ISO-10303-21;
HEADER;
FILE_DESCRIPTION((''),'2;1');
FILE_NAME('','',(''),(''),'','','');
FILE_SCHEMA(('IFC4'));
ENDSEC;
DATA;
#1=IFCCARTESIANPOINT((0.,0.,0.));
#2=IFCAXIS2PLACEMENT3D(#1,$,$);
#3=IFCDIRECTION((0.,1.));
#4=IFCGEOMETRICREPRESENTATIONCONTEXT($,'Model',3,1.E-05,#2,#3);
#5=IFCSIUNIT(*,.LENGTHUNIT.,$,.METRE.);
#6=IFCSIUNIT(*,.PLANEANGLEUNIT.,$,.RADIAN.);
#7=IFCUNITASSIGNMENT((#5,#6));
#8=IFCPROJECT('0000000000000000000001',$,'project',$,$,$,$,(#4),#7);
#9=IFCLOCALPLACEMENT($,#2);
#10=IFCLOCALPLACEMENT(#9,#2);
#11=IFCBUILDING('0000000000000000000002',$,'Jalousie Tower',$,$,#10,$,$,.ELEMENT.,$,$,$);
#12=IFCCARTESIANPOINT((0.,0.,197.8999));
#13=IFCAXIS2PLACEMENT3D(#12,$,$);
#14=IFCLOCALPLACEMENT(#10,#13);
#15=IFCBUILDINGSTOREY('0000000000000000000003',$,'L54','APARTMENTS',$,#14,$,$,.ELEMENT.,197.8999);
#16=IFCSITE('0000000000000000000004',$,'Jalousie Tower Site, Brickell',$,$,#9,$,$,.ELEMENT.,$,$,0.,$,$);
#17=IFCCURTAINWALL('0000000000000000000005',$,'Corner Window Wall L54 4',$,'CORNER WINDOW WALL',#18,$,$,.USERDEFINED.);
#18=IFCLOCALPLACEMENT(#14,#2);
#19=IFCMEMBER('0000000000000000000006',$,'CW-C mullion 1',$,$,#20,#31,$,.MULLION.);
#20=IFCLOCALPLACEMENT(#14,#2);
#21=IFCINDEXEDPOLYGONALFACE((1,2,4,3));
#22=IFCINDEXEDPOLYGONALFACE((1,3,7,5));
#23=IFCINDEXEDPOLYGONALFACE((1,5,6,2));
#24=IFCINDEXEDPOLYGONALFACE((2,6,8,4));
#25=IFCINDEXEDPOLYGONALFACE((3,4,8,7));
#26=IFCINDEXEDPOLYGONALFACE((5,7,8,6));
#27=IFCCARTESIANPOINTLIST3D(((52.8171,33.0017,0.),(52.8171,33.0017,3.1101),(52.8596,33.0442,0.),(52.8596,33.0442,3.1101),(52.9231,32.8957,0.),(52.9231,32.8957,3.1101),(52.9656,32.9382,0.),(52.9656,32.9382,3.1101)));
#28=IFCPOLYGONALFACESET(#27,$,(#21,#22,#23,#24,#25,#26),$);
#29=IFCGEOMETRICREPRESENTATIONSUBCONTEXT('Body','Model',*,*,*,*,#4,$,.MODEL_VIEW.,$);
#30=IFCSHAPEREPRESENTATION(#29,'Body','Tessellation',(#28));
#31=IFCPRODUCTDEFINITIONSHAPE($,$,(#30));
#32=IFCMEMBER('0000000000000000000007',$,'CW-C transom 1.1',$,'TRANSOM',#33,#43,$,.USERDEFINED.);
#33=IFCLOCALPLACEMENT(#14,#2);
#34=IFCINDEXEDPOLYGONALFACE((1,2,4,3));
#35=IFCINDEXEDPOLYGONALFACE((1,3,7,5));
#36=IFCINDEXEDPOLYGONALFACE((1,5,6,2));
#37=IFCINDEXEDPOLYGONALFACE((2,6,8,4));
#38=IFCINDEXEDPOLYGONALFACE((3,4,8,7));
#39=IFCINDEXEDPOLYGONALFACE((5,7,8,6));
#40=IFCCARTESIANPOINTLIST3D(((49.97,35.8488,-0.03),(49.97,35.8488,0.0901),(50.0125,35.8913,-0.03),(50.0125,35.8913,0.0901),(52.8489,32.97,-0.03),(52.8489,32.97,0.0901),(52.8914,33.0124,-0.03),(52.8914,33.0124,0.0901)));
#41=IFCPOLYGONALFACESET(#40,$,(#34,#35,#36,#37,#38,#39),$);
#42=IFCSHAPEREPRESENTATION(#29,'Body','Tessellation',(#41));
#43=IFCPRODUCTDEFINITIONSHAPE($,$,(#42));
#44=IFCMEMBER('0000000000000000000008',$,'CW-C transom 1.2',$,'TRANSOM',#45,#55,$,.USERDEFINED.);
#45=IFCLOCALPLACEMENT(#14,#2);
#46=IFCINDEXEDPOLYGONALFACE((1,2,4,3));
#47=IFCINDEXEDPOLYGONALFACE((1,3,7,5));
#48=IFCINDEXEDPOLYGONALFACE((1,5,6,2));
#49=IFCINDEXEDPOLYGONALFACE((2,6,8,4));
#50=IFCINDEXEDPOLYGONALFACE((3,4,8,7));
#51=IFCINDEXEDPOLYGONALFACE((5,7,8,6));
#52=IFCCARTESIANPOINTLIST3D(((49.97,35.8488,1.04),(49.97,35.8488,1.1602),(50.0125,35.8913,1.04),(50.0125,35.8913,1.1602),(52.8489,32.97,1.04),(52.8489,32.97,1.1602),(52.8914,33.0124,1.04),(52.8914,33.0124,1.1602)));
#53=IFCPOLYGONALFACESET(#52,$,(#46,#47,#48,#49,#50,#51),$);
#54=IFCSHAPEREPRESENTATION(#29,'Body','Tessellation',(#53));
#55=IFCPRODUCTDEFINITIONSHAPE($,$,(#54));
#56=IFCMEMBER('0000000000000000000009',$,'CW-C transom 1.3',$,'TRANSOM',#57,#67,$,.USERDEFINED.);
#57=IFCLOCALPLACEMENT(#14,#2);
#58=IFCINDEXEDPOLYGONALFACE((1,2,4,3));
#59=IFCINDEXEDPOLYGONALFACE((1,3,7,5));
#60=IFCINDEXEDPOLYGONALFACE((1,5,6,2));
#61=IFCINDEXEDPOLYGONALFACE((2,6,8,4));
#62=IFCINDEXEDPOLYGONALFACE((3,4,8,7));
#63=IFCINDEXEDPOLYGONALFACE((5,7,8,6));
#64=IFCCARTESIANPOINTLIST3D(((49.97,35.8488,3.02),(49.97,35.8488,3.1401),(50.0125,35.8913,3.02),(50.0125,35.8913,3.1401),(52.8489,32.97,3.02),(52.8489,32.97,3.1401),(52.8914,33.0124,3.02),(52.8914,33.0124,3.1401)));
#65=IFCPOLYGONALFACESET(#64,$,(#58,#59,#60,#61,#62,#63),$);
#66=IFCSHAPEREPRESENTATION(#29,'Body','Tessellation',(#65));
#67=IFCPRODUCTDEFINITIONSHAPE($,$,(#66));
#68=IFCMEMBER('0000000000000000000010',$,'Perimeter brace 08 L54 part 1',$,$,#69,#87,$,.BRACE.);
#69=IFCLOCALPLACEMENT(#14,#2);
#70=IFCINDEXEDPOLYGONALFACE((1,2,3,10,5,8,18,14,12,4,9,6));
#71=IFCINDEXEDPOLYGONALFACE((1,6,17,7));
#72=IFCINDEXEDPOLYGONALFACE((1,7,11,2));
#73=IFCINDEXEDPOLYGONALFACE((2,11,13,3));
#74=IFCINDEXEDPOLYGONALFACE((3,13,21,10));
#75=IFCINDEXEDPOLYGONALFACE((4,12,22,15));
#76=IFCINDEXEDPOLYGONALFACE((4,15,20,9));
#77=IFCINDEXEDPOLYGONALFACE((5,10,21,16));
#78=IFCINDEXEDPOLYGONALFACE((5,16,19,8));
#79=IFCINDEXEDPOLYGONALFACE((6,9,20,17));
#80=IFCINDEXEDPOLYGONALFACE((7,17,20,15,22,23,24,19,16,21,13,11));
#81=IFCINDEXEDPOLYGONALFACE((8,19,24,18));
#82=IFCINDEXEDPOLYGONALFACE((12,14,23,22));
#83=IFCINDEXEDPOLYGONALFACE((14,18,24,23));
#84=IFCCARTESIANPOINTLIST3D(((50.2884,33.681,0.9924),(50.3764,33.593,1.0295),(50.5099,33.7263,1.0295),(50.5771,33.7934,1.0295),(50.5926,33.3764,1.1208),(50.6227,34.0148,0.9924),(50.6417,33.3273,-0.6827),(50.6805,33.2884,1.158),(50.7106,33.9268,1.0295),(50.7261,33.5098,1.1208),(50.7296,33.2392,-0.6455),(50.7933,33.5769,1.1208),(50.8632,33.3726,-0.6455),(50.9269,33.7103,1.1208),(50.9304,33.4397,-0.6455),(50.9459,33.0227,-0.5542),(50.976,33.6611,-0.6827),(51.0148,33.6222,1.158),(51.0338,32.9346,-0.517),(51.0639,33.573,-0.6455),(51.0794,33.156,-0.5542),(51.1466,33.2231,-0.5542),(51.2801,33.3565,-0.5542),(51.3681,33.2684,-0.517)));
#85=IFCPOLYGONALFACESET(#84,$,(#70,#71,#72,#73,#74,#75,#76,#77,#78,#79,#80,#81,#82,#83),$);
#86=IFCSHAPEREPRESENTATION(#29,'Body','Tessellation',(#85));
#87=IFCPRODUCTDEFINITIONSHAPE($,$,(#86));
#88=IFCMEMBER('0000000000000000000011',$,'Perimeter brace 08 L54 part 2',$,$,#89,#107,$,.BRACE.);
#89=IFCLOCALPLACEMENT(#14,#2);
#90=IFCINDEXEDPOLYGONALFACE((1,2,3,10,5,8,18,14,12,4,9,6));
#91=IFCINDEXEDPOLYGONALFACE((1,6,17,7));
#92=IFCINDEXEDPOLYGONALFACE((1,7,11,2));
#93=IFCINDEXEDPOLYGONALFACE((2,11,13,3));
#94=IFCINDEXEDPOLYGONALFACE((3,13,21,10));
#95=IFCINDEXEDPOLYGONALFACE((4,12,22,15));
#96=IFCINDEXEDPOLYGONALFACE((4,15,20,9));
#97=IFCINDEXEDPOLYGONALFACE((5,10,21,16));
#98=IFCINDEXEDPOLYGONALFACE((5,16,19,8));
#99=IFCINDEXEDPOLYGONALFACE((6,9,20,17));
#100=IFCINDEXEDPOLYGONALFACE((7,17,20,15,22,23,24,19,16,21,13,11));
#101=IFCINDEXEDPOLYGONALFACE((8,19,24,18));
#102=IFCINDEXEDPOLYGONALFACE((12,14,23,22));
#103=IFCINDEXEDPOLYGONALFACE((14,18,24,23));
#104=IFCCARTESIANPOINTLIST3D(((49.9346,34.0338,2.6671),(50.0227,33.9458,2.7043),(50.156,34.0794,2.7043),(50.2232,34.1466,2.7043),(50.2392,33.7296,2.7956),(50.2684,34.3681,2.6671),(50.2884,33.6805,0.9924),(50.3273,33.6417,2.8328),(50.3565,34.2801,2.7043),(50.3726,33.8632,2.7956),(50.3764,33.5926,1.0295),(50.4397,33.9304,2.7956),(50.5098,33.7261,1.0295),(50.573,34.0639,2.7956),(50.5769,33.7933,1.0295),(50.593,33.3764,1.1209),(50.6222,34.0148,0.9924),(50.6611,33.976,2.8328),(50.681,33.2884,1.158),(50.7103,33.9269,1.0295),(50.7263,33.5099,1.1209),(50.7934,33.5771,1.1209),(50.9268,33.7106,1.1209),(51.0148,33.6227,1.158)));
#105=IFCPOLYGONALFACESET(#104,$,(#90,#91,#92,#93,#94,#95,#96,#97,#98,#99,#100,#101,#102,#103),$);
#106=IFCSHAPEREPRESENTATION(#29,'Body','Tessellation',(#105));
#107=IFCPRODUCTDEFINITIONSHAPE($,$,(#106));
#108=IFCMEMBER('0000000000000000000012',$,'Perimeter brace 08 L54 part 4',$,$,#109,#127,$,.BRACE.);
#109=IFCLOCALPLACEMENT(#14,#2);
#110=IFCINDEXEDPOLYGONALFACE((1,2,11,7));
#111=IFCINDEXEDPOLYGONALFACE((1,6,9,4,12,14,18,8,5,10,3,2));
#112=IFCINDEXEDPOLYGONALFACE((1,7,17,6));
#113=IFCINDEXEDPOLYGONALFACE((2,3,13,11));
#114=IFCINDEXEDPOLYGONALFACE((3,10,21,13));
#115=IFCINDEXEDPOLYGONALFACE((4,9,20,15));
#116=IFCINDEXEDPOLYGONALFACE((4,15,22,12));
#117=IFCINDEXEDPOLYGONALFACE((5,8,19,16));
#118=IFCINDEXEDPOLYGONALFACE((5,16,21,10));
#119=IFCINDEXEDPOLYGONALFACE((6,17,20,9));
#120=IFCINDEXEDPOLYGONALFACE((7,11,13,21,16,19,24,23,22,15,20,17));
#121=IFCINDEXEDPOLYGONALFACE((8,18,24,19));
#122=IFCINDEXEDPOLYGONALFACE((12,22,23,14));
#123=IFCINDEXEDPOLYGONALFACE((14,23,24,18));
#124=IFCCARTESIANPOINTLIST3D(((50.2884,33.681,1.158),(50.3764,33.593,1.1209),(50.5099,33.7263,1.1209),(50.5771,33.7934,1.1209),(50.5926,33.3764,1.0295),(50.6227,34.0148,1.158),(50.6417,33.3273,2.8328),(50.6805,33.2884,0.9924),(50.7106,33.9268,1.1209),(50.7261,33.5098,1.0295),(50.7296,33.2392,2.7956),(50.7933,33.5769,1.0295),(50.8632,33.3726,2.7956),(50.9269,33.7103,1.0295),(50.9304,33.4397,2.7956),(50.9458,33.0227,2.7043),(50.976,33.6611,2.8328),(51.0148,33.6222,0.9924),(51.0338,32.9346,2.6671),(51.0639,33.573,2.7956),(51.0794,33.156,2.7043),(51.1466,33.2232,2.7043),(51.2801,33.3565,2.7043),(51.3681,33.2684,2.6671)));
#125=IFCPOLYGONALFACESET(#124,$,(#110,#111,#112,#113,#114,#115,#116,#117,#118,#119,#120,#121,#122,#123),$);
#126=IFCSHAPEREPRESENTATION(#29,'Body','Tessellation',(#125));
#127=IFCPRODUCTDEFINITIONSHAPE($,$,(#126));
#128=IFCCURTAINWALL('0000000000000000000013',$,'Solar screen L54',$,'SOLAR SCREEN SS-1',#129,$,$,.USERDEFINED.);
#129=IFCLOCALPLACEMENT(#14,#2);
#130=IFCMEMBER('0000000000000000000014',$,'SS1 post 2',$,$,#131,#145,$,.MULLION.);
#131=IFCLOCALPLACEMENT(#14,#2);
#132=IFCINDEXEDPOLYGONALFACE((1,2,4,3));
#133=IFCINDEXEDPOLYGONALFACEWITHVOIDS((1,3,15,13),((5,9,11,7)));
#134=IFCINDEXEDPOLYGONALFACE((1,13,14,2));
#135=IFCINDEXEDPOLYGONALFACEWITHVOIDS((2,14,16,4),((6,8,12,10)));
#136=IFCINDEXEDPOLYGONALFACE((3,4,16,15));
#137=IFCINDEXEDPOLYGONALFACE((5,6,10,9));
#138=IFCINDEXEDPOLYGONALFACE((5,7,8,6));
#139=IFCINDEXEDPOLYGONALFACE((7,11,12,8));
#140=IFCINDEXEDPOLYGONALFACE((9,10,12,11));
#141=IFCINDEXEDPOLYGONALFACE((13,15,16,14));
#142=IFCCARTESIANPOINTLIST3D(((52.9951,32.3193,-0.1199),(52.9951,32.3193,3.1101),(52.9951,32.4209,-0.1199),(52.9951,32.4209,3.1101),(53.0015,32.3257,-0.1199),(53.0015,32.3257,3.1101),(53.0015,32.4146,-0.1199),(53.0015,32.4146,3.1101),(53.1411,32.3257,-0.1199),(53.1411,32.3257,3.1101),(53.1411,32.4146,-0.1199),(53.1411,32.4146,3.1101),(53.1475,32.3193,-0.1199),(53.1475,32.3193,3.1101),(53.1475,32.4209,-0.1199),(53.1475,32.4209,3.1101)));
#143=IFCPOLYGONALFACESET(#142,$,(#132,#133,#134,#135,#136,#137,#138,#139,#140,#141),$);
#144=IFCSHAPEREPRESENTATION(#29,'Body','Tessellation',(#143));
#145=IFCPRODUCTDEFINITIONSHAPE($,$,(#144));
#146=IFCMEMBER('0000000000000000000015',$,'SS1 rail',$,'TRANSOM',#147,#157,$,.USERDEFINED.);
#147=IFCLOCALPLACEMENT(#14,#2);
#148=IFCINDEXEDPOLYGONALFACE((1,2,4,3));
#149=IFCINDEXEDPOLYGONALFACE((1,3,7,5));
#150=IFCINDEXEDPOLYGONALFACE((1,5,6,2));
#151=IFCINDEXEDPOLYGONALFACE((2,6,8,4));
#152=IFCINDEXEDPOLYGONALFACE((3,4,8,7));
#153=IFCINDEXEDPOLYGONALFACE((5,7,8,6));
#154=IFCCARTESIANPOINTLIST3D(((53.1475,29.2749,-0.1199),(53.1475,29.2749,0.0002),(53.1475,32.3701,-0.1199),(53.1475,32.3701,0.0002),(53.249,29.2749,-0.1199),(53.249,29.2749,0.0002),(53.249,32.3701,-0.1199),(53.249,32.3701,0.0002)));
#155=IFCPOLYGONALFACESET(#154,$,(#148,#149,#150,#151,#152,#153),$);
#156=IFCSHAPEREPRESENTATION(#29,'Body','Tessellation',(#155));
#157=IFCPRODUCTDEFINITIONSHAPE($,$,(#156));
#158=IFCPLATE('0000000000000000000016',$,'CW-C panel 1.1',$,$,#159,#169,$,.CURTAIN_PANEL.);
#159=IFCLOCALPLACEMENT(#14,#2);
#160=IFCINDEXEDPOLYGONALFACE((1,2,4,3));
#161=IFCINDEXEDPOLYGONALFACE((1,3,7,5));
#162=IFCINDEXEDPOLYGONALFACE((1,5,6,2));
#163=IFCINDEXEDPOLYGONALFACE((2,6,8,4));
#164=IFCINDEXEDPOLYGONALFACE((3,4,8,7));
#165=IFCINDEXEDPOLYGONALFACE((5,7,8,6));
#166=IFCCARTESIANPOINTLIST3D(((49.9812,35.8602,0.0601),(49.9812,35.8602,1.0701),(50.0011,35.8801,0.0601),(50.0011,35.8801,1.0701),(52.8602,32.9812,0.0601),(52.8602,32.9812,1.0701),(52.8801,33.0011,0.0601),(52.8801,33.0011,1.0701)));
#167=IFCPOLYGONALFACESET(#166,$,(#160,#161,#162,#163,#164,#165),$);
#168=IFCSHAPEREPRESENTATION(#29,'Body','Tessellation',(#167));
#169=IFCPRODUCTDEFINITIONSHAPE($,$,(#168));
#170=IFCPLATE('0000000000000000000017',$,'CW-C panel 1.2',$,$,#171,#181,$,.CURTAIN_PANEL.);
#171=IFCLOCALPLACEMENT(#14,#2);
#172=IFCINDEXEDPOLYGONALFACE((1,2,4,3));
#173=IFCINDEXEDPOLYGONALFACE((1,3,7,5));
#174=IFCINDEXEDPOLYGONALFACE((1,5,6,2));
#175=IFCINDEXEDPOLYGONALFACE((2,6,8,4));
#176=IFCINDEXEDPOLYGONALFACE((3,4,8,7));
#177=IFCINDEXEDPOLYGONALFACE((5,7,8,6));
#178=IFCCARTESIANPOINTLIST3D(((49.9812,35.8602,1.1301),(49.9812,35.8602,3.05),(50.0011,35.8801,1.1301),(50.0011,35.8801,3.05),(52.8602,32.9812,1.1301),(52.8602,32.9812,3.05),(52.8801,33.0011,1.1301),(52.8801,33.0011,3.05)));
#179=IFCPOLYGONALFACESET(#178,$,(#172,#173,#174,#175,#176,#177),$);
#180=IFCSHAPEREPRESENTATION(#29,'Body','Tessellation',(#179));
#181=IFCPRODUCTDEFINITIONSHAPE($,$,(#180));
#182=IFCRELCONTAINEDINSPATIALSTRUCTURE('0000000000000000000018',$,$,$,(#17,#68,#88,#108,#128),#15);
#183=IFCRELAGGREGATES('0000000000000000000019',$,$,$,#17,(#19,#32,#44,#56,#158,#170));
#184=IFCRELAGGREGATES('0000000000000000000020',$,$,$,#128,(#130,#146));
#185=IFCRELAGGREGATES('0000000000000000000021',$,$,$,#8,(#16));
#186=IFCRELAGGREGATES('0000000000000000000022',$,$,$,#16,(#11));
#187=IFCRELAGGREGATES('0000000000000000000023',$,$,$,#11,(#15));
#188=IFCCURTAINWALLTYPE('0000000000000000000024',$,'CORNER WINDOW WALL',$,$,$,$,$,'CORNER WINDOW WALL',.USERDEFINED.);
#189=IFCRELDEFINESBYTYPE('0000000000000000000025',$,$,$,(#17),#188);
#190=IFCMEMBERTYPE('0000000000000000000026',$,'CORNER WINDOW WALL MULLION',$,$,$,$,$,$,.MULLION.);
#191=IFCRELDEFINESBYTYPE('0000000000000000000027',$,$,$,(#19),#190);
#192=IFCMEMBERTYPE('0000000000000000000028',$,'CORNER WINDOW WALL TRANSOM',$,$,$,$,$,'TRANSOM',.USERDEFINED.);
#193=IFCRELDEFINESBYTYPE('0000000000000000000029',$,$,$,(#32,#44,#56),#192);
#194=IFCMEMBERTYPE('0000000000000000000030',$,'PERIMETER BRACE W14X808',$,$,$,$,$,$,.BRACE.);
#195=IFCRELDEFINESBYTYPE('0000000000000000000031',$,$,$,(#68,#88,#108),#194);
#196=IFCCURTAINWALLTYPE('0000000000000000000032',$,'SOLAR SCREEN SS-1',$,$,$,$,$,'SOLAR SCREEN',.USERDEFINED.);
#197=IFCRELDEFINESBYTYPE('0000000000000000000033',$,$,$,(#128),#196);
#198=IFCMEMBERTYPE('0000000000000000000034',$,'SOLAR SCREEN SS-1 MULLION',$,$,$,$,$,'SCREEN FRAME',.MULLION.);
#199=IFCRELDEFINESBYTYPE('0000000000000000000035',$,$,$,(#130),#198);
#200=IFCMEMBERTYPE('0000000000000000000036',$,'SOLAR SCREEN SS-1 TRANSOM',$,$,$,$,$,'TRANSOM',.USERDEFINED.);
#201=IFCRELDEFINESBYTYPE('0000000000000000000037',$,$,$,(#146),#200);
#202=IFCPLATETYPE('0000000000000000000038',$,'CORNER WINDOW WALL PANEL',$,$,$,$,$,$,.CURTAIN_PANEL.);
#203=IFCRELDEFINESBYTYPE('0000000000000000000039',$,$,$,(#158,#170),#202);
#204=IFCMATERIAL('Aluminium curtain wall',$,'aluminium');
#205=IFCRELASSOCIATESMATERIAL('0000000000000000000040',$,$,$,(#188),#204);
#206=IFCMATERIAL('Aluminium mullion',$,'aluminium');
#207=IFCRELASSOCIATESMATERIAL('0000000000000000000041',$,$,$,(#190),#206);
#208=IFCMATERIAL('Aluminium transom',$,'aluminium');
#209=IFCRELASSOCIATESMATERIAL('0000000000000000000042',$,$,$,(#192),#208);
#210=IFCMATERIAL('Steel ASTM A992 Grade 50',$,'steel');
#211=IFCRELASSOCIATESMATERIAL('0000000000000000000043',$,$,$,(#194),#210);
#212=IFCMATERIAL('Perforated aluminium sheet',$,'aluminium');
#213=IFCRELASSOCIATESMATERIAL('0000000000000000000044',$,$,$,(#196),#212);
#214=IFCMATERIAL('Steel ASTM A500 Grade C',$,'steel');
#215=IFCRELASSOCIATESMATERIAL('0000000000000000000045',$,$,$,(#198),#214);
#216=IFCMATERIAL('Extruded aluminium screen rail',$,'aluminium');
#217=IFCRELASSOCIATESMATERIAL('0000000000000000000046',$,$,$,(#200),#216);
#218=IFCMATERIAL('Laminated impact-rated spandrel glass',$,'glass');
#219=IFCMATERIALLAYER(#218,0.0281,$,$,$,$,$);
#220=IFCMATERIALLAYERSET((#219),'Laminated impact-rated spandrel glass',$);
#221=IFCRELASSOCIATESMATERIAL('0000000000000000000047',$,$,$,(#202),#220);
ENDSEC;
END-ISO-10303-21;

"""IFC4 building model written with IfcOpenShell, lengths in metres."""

from ifc_helpers import new_model, si_unit, direction, frame, origin, origin_2d, place, context, subcontext, project, spatial, rectangle, hollow_rectangle, i_section, extrude, material, layer, layer_set, material_profile, profile_set, type_object, element, aggregate, save


model = new_model("IFC4")

# Units and contexts
model_context = context("Model", 3, precision=1e-05, world=origin(), true_north=direction((0.0, 1.0)))
body_context = subcontext(model_context, "Body", "Model", "MODEL_VIEW")
ifc_project = project(units=[si_unit("LENGTHUNIT", "METRE"), si_unit("PLANEANGLEUNIT", "RADIAN")], contexts=[model_context])

# Site, building, storey
site_placement = place(None, origin())
site = spatial("IfcSite", under=ifc_project, at=site_placement, Name="Jalousie Tower Site, Brickell", CompositionType="ELEMENT", RefElevation=0.0)
building_placement = place(site_placement, origin())
building = spatial("IfcBuilding", under=site, at=building_placement, Name="Jalousie Tower", CompositionType="ELEMENT")
storey_placement = place(building_placement, frame((0.0, 0.0, 197.8999)))
storey = spatial("IfcBuildingStorey", under=building, at=storey_placement, Name="L54", Description="APARTMENTS", CompositionType="ELEMENT", Elevation=197.8999)

# Curtain wall, members
ifc_material_1 = material(Name="Aluminium curtain wall", Category="aluminium")
curtain_wall_type_1 = type_object("IfcCurtainWallType", Name="CORNER WINDOW WALL", ElementType="CORNER WINDOW WALL", PredefinedType="USERDEFINED", material=ifc_material_1)
curtain_wall_1_placement = place(storey_placement, origin())
curtain_wall_1 = element("IfcCurtainWall", 1, at=curtain_wall_1_placement, inside=storey, type_object=curtain_wall_type_1, Name="Corner Window Wall L54 4", ObjectType="CORNER WINDOW WALL", PredefinedType="USERDEFINED")
ifc_material_2 = material(Name="Aluminium mullion", Category="aluminium")
ifc_material_profile_1 = material_profile(ifc_material_2, rectangle(XDim=0.0601, YDim=0.1499, at=origin_2d()), Name="MULLION 60x150")
ifc_profile_set_1 = profile_set([ifc_material_profile_1], Name="Aluminium mullion")
member_type_1 = type_object("IfcMemberType", Name="CORNER WINDOW WALL MULLION", PredefinedType="MULLION", material=ifc_profile_set_1)
member_1_placement = place(storey_placement, frame((52.8914, 32.97, 0.0), z_axis=(0.0, 0.0, 1.0), x_axis=(-0.707107, -0.707107, 0.0)))
member_1 = element("IfcMember", 2, at=member_1_placement, type_object=member_type_1, Name="CW-C mullion 1", PredefinedType="MULLION", context=body_context, shape_type="SweptSolid", body=[
    extrude(rectangle(XDim=0.0601, YDim=0.1499, at=origin_2d()), origin(), (0.0, 0.0, 1.0), 3.1101),
])
ifc_material_3 = material(Name="Aluminium transom", Category="aluminium")
ifc_material_profile_2 = material_profile(ifc_material_3, rectangle(XDim=0.0601, YDim=0.1201, at=origin_2d()), Name="TRANSOM 60x120")
ifc_profile_set_2 = profile_set([ifc_material_profile_2], Name="Aluminium transom")
member_type_2 = type_object("IfcMemberType", Name="CORNER WINDOW WALL TRANSOM", ElementType="TRANSOM", PredefinedType="USERDEFINED", material=ifc_profile_set_2)
member_2_placement = place(storey_placement, frame((52.8701, 32.9912, 0.03), z_axis=(-0.707107, 0.707107, 0.0), x_axis=(-0.707107, -0.707107, 0.0)))
member_2 = element("IfcMember", 3, at=member_2_placement, type_object=member_type_2, Name="CW-C transom 1.1", ObjectType="TRANSOM", PredefinedType="USERDEFINED", context=body_context, shape_type="SweptSolid", body=[
    extrude(rectangle(XDim=0.0601, YDim=0.1201, at=origin_2d()), origin(), (0.0, 0.0, 1.0), 4.0713),
])
member_3_placement = place(storey_placement, frame((52.8701, 32.9912, 1.1001), z_axis=(-0.707107, 0.707107, 0.0), x_axis=(-0.707107, -0.707107, 0.0)))
member_3 = element("IfcMember", 4, at=member_3_placement, type_object=member_type_2, Name="CW-C transom 1.2", ObjectType="TRANSOM", PredefinedType="USERDEFINED", context=body_context, shape_type="SweptSolid", body=[
    extrude(rectangle(XDim=0.0601, YDim=0.1201, at=origin_2d()), origin(), (0.0, 0.0, 1.0), 4.0713),
])
member_4_placement = place(storey_placement, frame((52.8701, 32.9912, 3.0801), z_axis=(-0.707107, 0.707107, 0.0), x_axis=(-0.707107, -0.707107, 0.0)))
member_4 = element("IfcMember", 5, at=member_4_placement, type_object=member_type_2, Name="CW-C transom 1.3", ObjectType="TRANSOM", PredefinedType="USERDEFINED", context=body_context, shape_type="SweptSolid", body=[
    extrude(rectangle(XDim=0.0601, YDim=0.1201, at=origin_2d()), origin(), (0.0, 0.0, 1.0), 4.0713),
])

# Members
ifc_material_4 = material(Name="Steel ASTM A992 Grade 50", Category="steel")
ifc_material_profile_3 = material_profile(ifc_material_4, i_section(OverallWidth=0.4724, OverallDepth=0.5791, WebThickness=0.095, FlangeThickness=0.1299, at=origin_2d()), Name="W14X808")
ifc_profile_set_3 = profile_set([ifc_material_profile_3], Name="Steel ASTM A992 Grade 50")
member_type_3 = type_object("IfcMemberType", Name="PERIMETER BRACE W14X808", PredefinedType="BRACE", material=ifc_profile_set_3)
member_5_placement = place(storey_placement, frame((51.0049, 33.2979, -0.5999), z_axis=(-0.202093, 0.202372, 0.95823), x_axis=(-0.707595, -0.706618, 0.0)))
element("IfcMember", 6, at=member_5_placement, inside=storey, type_object=member_type_3, Name="Perimeter brace 08 L54 part 1", PredefinedType="BRACE", context=body_context, shape_type="SweptSolid", body=[
    extrude(i_section(OverallWidth=0.4724, OverallDepth=0.5791, WebThickness=0.095, FlangeThickness=0.1299, at=origin_2d()), origin(), (0.0, 0.0, 1.0), 1.748),
])
for number, where, z_axis, x_axis, name in (
    (7, (50.6516, 33.6516, 1.0752), (-0.202399, 0.20212, 0.958218), (-0.706618, -0.707595, 0.0), "Perimeter brace 08 L54 part 2"),
    (8, (50.6516, 33.6516, 1.0752), (0.20212, -0.202399, 0.958218), (0.707595, 0.706618, 0.0), "Perimeter brace 08 L54 part 4"),
):
    element("IfcMember", number, at=place(storey_placement, frame(where, z_axis=z_axis, x_axis=x_axis)), inside=storey, type_object=member_type_3, Name=name, PredefinedType="BRACE", context=body_context, shape_type="SweptSolid", body=[
        extrude(i_section(OverallWidth=0.4724, OverallDepth=0.5791, WebThickness=0.095, FlangeThickness=0.1299, at=origin_2d()), origin(), (0.0, 0.0, 1.0), 1.7478),
    ])

# Curtain wall, members
ifc_material_5 = material(Name="Perforated aluminium sheet", Category="aluminium")
curtain_wall_type_2 = type_object("IfcCurtainWallType", Name="SOLAR SCREEN SS-1", ElementType="SOLAR SCREEN", PredefinedType="USERDEFINED", material=ifc_material_5)
curtain_wall_2_placement = place(storey_placement, origin())
curtain_wall_2 = element("IfcCurtainWall", 9, at=curtain_wall_2_placement, inside=storey, type_object=curtain_wall_type_2, Name="Solar screen L54", ObjectType="SOLAR SCREEN SS-1", PredefinedType="USERDEFINED")
ifc_material_6 = material(Name="Steel ASTM A500 Grade C", Category="steel")
ifc_material_profile_4 = material_profile(ifc_material_6, hollow_rectangle(XDim=0.1016, YDim=0.1523, WallThickness=0.0063, at=origin_2d()), Name="HSS6X4X1/4")
ifc_profile_set_4 = profile_set([ifc_material_profile_4], Name="Steel ASTM A500 Grade C")
member_type_4 = type_object("IfcMemberType", Name="SOLAR SCREEN SS-1 MULLION", ElementType="SCREEN FRAME", PredefinedType="MULLION", material=ifc_profile_set_4)
member_6_placement = place(storey_placement, frame((53.0713, 32.3701, -0.1199), z_axis=(0.0, 0.0, 1.0), x_axis=(0.0, 1.0, 0.0)))
member_6 = element("IfcMember", 10, at=member_6_placement, type_object=member_type_4, Name="SS1 post 2", PredefinedType="MULLION", context=body_context, shape_type="SweptSolid", body=[
    extrude(hollow_rectangle(XDim=0.1016, YDim=0.1523, WallThickness=0.0063, at=origin_2d()), origin(), (0.0, 0.0, 1.0), 3.23),
])
ifc_material_7 = material(Name="Extruded aluminium screen rail", Category="aluminium")
ifc_material_profile_5 = material_profile(ifc_material_7, rectangle(XDim=0.1016, YDim=0.1201, at=origin_2d()), Name="RAIL 102x120")
ifc_profile_set_5 = profile_set([ifc_material_profile_5], Name="Extruded aluminium screen rail")
member_type_5 = type_object("IfcMemberType", Name="SOLAR SCREEN SS-1 TRANSOM", ElementType="TRANSOM", PredefinedType="USERDEFINED", material=ifc_profile_set_5)
member_7_placement = place(storey_placement, frame((53.1982, 29.2749, -0.0598), z_axis=(0.0, 1.0, 0.0), x_axis=(-1.0, 0.0, 0.0)))
member_7 = element("IfcMember", 11, at=member_7_placement, type_object=member_type_5, Name="SS1 rail", ObjectType="TRANSOM", PredefinedType="USERDEFINED", context=body_context, shape_type="SweptSolid", body=[
    extrude(rectangle(XDim=0.1016, YDim=0.1201, at=origin_2d()), origin(), (0.0, 0.0, 1.0), 3.0952),
])

# Plates
ifc_material_8 = material(Name="Laminated impact-rated spandrel glass", Category="glass")
ifc_layer_1 = layer(ifc_material_8, 0.0281)
ifc_layer_set_1 = layer_set([ifc_layer_1], Name="Laminated impact-rated spandrel glass")
plate_type_1 = type_object("IfcPlateType", Name="CORNER WINDOW WALL PANEL", PredefinedType="CURTAIN_PANEL", material=ifc_layer_set_1)
plate_1_placement = place(storey_placement, frame((51.4307, 34.4307, 0.0601), z_axis=(0.0, 0.0, 1.0), x_axis=(-0.707107, 0.707107, 0.0)))
plate_1 = element("IfcPlate", 12, at=plate_1_placement, type_object=plate_type_1, Name="CW-C panel 1.1", PredefinedType="CURTAIN_PANEL", context=body_context, shape_type="SweptSolid", body=[
    extrude(rectangle(XDim=4.0715, YDim=0.0281, at=origin_2d()), origin(), (0.0, 0.0, 1.0), 1.01),
])
plate_2_placement = place(storey_placement, frame((51.4307, 34.4307, 1.1301), z_axis=(0.0, 0.0, 1.0), x_axis=(-0.707107, 0.707107, 0.0)))
plate_2 = element("IfcPlate", 13, at=plate_2_placement, type_object=plate_type_1, Name="CW-C panel 1.2", PredefinedType="CURTAIN_PANEL", context=body_context, shape_type="SweptSolid", body=[
    extrude(rectangle(XDim=4.0715, YDim=0.0281, at=origin_2d()), origin(), (0.0, 0.0, 1.0), 1.9199),
])
aggregate(curtain_wall_1, [member_1, member_2, member_3, member_4, plate_1, plate_2])
aggregate(curtain_wall_2, [member_6, member_7])

save(model, "model.ifc")
